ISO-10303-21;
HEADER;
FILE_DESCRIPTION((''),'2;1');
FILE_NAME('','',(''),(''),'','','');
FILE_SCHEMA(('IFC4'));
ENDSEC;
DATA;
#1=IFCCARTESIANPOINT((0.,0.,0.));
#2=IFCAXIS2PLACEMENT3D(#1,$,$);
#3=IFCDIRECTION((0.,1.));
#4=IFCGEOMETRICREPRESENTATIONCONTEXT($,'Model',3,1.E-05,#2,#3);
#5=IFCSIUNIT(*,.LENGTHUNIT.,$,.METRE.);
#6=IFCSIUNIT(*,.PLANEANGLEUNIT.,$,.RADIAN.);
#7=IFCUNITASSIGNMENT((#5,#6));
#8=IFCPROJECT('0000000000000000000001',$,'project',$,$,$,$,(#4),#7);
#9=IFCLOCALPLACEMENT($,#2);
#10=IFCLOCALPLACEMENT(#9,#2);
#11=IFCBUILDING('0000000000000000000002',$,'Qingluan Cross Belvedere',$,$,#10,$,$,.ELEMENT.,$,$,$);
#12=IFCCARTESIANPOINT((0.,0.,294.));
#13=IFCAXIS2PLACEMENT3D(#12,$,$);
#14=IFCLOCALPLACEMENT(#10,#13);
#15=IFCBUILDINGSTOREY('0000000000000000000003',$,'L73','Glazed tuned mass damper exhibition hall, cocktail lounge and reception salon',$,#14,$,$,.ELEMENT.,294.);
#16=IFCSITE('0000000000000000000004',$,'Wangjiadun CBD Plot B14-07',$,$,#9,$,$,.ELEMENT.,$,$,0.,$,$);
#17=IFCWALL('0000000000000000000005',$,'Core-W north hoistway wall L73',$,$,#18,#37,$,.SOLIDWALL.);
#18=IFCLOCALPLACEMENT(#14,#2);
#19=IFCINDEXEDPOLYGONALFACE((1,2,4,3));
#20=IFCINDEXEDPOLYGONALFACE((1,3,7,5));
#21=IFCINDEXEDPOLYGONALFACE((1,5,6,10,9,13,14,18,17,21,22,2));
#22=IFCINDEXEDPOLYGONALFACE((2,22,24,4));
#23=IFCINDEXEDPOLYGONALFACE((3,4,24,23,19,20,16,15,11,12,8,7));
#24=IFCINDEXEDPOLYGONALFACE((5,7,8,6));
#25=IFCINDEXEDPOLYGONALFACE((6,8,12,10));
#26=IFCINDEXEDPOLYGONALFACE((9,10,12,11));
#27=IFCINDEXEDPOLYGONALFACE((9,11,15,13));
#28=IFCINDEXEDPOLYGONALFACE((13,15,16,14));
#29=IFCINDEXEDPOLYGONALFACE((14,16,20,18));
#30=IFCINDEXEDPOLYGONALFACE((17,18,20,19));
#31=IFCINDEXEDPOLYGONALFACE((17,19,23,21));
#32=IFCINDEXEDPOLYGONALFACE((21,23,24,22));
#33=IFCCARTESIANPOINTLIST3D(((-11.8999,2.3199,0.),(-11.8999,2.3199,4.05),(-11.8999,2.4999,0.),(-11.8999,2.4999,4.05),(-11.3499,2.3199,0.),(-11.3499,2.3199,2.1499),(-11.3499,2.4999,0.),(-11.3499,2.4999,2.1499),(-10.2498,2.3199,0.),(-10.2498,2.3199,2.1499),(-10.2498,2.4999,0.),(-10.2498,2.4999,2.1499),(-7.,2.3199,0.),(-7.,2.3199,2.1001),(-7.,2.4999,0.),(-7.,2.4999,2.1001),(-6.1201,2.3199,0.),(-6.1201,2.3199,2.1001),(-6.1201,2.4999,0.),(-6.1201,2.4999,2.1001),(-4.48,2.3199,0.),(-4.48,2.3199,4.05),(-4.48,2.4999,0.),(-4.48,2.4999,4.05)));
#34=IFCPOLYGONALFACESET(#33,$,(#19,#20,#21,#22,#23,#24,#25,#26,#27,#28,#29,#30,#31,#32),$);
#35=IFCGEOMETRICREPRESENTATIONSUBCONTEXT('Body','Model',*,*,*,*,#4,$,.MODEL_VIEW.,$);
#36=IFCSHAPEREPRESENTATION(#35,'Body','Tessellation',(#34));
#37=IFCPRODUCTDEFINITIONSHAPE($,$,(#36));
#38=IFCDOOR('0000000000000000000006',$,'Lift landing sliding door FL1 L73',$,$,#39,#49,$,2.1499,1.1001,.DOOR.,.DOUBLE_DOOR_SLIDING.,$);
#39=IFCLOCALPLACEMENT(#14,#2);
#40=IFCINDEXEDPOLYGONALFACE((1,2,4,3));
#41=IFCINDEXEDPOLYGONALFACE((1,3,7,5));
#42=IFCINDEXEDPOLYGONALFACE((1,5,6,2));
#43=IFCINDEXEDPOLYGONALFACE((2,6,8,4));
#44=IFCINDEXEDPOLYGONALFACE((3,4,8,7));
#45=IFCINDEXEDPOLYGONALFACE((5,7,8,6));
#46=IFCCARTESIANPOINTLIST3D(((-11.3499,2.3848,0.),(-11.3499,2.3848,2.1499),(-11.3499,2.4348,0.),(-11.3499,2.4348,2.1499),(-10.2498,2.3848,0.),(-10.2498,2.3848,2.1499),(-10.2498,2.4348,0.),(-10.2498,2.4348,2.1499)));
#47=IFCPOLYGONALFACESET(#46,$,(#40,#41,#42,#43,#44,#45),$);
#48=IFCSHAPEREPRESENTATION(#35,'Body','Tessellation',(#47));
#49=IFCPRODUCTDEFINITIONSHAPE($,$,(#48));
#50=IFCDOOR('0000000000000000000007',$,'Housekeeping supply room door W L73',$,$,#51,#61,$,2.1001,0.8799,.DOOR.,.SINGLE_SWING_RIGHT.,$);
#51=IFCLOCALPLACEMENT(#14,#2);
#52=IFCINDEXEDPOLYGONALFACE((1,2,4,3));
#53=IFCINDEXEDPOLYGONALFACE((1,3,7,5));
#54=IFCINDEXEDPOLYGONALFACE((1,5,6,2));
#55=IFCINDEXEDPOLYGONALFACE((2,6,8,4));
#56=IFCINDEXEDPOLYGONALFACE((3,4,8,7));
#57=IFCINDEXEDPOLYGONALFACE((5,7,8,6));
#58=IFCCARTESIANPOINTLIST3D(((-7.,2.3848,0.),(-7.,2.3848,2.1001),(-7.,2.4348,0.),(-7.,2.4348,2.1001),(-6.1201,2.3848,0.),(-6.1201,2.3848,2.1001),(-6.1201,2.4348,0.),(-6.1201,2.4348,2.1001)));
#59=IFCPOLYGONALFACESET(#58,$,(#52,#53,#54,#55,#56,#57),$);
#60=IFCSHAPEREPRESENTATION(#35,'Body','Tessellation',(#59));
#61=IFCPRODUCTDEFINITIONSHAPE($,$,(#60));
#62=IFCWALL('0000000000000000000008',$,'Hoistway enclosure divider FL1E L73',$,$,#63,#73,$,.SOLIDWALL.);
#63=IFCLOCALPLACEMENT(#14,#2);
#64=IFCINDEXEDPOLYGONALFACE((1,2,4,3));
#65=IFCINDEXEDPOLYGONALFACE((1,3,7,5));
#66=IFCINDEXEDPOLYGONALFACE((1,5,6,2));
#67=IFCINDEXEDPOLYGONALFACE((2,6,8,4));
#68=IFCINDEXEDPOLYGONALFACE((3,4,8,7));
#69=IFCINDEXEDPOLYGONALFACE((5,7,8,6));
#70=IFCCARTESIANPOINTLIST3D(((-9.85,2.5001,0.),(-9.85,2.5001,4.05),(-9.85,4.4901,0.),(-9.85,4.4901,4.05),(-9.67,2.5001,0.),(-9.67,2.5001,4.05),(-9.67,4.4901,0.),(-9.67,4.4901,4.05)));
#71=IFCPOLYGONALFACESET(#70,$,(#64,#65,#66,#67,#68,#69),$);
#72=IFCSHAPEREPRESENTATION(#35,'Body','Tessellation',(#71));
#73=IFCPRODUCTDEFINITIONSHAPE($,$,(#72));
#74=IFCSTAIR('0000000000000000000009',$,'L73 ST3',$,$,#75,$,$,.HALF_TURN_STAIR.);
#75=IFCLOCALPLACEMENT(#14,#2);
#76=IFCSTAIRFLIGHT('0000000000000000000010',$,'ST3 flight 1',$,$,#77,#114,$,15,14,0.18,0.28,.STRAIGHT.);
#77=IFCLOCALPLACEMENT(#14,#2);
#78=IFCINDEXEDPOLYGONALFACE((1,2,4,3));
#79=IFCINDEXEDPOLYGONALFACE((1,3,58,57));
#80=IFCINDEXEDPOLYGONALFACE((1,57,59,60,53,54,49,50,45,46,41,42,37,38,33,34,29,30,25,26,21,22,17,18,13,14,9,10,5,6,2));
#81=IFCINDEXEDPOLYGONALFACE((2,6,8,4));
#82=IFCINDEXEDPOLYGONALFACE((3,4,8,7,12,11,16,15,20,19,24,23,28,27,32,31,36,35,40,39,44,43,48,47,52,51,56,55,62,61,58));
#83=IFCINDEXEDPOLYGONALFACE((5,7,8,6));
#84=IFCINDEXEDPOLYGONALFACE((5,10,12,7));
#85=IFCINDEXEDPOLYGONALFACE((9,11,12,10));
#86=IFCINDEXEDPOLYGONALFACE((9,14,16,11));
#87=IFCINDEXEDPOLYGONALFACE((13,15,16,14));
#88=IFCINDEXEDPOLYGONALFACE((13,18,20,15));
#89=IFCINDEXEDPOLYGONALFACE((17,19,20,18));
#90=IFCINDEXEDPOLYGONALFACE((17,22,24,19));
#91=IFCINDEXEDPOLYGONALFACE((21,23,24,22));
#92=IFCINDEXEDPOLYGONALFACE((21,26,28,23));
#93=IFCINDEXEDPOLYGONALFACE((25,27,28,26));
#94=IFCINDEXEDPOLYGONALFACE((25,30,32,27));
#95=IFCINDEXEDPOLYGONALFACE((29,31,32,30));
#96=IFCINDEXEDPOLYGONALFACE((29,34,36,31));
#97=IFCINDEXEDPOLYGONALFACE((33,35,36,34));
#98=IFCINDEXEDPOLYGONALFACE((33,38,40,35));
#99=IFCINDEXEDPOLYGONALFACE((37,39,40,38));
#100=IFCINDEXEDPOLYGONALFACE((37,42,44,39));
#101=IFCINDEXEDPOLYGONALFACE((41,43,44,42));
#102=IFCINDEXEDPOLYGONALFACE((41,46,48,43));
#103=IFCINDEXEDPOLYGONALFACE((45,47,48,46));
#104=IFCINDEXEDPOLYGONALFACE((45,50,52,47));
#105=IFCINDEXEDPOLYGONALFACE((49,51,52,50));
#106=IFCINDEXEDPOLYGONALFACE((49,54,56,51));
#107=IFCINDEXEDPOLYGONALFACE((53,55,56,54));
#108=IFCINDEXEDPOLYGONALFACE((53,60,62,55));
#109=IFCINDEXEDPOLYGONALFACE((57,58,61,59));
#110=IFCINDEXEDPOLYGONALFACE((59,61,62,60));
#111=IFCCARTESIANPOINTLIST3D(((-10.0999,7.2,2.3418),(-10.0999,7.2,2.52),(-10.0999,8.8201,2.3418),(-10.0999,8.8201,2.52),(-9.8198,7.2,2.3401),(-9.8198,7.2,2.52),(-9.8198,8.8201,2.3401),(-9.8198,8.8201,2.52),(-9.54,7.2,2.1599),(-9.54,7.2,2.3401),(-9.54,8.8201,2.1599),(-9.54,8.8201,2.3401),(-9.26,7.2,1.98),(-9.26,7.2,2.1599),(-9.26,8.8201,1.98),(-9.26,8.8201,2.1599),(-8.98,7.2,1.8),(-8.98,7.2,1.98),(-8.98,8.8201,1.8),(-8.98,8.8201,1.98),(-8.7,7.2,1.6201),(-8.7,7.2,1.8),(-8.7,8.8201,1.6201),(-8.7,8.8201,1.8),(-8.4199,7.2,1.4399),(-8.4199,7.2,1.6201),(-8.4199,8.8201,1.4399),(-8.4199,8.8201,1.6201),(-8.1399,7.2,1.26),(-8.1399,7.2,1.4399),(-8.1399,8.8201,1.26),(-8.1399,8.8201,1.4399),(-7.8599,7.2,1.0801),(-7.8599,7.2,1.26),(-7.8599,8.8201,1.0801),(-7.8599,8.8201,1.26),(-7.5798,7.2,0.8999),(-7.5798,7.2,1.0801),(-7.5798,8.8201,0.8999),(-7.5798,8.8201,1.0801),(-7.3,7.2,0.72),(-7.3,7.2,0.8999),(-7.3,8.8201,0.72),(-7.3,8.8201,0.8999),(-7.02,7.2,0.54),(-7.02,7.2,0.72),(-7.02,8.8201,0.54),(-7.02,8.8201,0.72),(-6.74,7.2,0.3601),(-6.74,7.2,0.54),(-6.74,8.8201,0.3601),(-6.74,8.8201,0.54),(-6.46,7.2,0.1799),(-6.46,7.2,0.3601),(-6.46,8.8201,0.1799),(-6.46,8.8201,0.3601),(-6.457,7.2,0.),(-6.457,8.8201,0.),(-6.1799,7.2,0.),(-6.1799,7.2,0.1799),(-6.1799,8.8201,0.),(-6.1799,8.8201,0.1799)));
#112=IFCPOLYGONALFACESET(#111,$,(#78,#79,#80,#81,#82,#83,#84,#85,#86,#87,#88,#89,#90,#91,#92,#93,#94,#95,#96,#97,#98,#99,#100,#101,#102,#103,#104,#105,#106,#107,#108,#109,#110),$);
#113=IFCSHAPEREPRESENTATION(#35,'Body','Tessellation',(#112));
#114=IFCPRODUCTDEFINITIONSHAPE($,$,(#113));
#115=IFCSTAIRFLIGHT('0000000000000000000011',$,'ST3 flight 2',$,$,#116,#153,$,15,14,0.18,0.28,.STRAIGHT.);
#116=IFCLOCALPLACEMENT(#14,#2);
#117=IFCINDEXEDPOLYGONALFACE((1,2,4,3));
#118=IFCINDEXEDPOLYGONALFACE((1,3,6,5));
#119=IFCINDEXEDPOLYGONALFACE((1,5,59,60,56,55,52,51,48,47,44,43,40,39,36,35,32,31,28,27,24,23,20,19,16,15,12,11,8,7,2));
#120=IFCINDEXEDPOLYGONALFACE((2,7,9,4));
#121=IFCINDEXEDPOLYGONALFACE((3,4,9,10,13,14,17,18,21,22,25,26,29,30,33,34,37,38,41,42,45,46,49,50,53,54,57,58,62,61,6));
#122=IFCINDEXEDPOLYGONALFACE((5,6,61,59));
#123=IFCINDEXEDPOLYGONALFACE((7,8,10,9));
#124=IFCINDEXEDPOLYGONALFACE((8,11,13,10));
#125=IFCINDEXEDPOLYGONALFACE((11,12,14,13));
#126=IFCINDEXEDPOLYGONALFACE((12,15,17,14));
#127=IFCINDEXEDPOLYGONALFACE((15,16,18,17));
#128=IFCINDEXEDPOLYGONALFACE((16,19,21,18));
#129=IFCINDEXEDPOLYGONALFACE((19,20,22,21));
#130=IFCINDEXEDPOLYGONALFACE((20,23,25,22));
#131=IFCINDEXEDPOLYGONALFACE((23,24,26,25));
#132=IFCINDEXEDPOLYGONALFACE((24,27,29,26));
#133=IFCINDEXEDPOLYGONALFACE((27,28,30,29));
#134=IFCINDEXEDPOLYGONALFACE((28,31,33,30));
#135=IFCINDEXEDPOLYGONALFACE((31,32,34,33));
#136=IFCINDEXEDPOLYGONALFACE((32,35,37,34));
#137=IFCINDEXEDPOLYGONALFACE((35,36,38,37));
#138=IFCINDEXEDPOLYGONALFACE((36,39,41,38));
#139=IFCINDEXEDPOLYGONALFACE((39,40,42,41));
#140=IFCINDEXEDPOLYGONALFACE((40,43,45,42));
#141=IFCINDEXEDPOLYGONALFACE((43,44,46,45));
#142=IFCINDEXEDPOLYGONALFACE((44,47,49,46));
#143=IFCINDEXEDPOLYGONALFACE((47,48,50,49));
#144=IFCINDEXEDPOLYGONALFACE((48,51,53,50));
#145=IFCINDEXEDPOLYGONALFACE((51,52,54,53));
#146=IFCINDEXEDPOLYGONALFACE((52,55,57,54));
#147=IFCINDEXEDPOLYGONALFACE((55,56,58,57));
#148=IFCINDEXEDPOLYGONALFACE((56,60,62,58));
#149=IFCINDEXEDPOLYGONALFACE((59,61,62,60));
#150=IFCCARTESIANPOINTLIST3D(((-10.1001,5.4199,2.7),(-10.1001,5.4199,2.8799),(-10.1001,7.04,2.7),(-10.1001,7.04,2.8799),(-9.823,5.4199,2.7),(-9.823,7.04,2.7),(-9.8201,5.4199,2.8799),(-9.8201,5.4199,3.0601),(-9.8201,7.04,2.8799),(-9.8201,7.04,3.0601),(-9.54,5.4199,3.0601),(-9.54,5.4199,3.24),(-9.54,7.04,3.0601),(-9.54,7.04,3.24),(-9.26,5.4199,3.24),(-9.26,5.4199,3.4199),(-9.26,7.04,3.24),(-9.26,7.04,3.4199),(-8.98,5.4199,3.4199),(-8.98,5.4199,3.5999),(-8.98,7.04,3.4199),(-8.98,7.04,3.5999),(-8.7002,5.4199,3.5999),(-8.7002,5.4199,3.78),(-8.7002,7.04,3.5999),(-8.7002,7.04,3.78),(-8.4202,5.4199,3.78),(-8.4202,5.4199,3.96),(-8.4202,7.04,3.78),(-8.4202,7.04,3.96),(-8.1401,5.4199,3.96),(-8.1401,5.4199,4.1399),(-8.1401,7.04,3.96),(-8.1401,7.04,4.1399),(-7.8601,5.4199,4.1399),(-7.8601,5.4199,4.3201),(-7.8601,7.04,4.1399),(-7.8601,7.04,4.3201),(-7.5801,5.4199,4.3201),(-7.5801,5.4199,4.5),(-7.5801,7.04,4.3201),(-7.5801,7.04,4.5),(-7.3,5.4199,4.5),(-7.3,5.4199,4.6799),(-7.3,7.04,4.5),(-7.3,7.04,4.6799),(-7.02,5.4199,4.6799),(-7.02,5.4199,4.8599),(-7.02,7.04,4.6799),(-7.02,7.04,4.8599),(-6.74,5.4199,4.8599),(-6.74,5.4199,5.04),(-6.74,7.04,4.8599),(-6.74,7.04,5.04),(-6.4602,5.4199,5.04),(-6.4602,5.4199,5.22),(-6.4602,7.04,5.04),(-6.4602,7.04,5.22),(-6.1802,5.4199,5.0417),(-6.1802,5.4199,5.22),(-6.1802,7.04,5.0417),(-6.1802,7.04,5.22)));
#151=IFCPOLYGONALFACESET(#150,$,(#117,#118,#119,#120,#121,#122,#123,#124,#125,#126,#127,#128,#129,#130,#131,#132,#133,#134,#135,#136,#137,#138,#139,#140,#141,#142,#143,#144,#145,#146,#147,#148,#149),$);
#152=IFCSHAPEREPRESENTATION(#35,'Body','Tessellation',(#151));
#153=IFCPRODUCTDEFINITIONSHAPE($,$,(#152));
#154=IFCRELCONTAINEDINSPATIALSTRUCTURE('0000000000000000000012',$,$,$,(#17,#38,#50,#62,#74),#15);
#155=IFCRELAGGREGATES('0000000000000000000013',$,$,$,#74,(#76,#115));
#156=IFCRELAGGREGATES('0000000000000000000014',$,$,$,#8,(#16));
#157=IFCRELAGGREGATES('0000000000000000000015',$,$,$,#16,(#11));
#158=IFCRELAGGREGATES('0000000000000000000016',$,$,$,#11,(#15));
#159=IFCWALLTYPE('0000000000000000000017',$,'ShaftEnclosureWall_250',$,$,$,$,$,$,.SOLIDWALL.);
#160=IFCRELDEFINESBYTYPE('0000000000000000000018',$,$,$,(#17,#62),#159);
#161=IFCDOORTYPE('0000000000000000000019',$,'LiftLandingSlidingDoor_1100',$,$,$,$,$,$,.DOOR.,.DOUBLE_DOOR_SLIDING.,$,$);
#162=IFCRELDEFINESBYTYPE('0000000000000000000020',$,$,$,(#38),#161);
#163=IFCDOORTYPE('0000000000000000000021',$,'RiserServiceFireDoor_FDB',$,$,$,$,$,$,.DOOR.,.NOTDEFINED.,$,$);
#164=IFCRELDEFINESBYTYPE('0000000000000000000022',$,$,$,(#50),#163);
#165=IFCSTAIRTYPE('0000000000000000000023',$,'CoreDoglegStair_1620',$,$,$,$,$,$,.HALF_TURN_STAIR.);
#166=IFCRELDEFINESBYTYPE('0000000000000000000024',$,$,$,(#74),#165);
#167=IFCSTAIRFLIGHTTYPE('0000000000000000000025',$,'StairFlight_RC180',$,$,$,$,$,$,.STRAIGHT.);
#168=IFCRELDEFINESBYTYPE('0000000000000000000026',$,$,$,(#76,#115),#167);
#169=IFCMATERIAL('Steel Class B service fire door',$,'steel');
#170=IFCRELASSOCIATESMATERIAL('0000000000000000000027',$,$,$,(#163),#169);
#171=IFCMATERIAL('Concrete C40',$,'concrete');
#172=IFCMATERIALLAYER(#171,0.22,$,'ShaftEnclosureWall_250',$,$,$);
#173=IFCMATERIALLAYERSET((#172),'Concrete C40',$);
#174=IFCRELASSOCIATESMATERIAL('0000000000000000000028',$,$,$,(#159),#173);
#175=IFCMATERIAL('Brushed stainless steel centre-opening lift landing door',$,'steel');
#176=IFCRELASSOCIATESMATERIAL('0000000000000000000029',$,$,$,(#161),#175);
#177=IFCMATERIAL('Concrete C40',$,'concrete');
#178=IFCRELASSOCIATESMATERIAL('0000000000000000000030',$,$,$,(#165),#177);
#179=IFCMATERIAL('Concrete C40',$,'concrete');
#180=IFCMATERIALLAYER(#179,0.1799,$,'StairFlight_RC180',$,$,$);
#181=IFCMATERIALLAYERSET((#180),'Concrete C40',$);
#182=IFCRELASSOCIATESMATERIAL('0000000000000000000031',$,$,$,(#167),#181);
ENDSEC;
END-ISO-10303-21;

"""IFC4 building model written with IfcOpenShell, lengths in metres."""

from ifc_helpers import new_model, si_unit, direction, frame, frame_2d, origin, place, context, subcontext, project, spatial, polyline, rectangle, outline, extrude, material, layer, layer_set, type_object, element, fill, aggregate, save


model = new_model("IFC4")

# Units and contexts
model_context = context("Model", 3, precision=1e-05, world=origin(), true_north=direction((0.0, 1.0)))
body_context = subcontext(model_context, "Body", "Model", "MODEL_VIEW")
ifc_project = project(units=[si_unit("LENGTHUNIT", "METRE"), si_unit("PLANEANGLEUNIT", "RADIAN")], contexts=[model_context])

# Site, building, storey
site_placement = place(None, origin())
site = spatial("IfcSite", under=ifc_project, at=site_placement, Name="Wangjiadun CBD Plot B14-07", CompositionType="ELEMENT", RefElevation=0.0)
building_placement = place(site_placement, origin())
building = spatial("IfcBuilding", under=site, at=building_placement, Name="Qingluan Cross Belvedere", CompositionType="ELEMENT")
storey_placement = place(building_placement, frame((0.0, 0.0, 294.0)))
storey = spatial("IfcBuildingStorey", under=building, at=storey_placement, Name="L73", Description="Glazed tuned mass damper exhibition hall, cocktail lounge and reception salon", CompositionType="ELEMENT", Elevation=294.0)

# Shared definitions
ifc_material_1 = material(Name="Steel Class B service fire door", Category="steel")
door_type_1 = type_object("IfcDoorType", Name="RiserServiceFireDoor_FDB", OperationType="NOTDEFINED", PredefinedType="DOOR", material=ifc_material_1)

# Wall, openings, doors
ifc_material_2 = material(Name="Concrete C40", Category="concrete")
ifc_layer_1 = layer(ifc_material_2, 0.22, Name="ShaftEnclosureWall_250")
ifc_layer_set_1 = layer_set([ifc_layer_1], Name="Concrete C40")
wall_type_1 = type_object("IfcWallType", Name="ShaftEnclosureWall_250", PredefinedType="SOLIDWALL", material=ifc_layer_set_1)
wall_1_placement = place(storey_placement, frame((-11.8999, 2.4099, 0.0), z_axis=(0.0, 0.0, 1.0), x_axis=(1.0, 0.0, 0.0)))
wall_1 = element("IfcWall", 1, at=wall_1_placement, inside=storey, type_object=wall_type_1, Name="Core-W north hoistway wall L73", PredefinedType="SOLIDWALL", context=body_context, shape_type="SweptSolid", body=[
    extrude(rectangle(XDim=7.4199, YDim=0.1799, at=frame_2d((3.71, 0.0))), origin(), (0.0, 0.0, 1.0), 4.05),
])
opening_1_placement = place(wall_1_placement, frame((0.55, 0.0, 0.0)))
opening_1 = element("IfcOpeningElement", 2, at=opening_1_placement, cuts=wall_1, PredefinedType="OPENING", context=body_context, shape_type="SweptSolid", body=[
    extrude(rectangle(XDim=1.1001, YDim=2.1499, at=frame_2d((0.55, 1.075))), frame((0.0, 0.0999, 0.0), z_axis=(0.0, -1.0, 0.0), x_axis=(1.0, 0.0, 0.0)), (0.0, 0.0, 1.0), 0.2),
])
opening_2_placement = place(wall_1_placement, frame((4.8999, 0.0, 0.0)))
opening_2 = element("IfcOpeningElement", 3, at=opening_2_placement, cuts=wall_1, PredefinedType="OPENING", context=body_context, shape_type="SweptSolid", body=[
    extrude(rectangle(XDim=0.8799, YDim=2.1001, at=frame_2d((0.4399, 1.05))), frame((0.0, 0.0999, 0.0), z_axis=(0.0, -1.0, 0.0), x_axis=(1.0, 0.0, 0.0)), (0.0, 0.0, 1.0), 0.2),
])
ifc_material_3 = material(Name="Brushed stainless steel centre-opening lift landing door", Category="steel")
door_type_2 = type_object("IfcDoorType", Name="LiftLandingSlidingDoor_1100", OperationType="DOUBLE_DOOR_SLIDING", PredefinedType="DOOR", material=ifc_material_3)
door_1_placement = place(opening_1_placement, origin())
door_1 = element("IfcDoor", 4, at=door_1_placement, inside=storey, type_object=door_type_2, Name="Lift landing sliding door FL1 L73", OperationType="DOUBLE_DOOR_SLIDING", OverallHeight=2.1499, OverallWidth=1.1001, PredefinedType="DOOR", context=body_context, shape_type="SweptSolid", body=[
    extrude(rectangle(XDim=1.1001, YDim=2.1499, at=frame_2d((0.55, 1.075))), frame((0.0, 0.0249, 0.0), z_axis=(0.0, -1.0, 0.0), x_axis=(1.0, 0.0, 0.0)), (0.0, 0.0, 1.0), 0.05),
])
fill(opening_1, door_1)
door_2_placement = place(opening_2_placement, origin())
door_2 = element("IfcDoor", 5, at=door_2_placement, inside=storey, type_object=door_type_1, Name="Housekeeping supply room door W L73", OperationType="SINGLE_SWING_RIGHT", OverallHeight=2.1001, OverallWidth=0.8799, PredefinedType="DOOR", context=body_context, shape_type="SweptSolid", body=[
    extrude(rectangle(XDim=0.8799, YDim=2.1001, at=frame_2d((0.4399, 1.05))), frame((0.0, 0.0249, 0.0), z_axis=(0.0, -1.0, 0.0), x_axis=(1.0, 0.0, 0.0)), (0.0, 0.0, 1.0), 0.05),
])
fill(opening_2, door_2)

# Wall
wall_2_placement = place(storey_placement, frame((-9.76, 2.5, 0.0), z_axis=(0.0, 0.0, 1.0), x_axis=(0.0, 1.0, 0.0)))
element("IfcWall", 6, at=wall_2_placement, inside=storey, type_object=wall_type_1, Name="Hoistway enclosure divider FL1E L73", PredefinedType="SOLIDWALL", context=body_context, shape_type="SweptSolid", body=[
    extrude(rectangle(XDim=1.99, YDim=0.1799, at=frame_2d((0.9951, 0.0))), origin(), (0.0, 0.0, 1.0), 4.05),
])

# Stair, stair flights
ifc_material_4 = material(Name="Concrete C40", Category="concrete")
stair_type = type_object("IfcStairType", Name="CoreDoglegStair_1620", PredefinedType="HALF_TURN_STAIR", material=ifc_material_4)
stair_placement = place(storey_placement, origin())
stair = element("IfcStair", 7, at=stair_placement, inside=storey, type_object=stair_type, Name="L73 ST3", PredefinedType="HALF_TURN_STAIR")
ifc_material_5 = material(Name="Concrete C40", Category="concrete")
ifc_layer_2 = layer(ifc_material_5, 0.1799, Name="StairFlight_RC180")
ifc_layer_set_2 = layer_set([ifc_layer_2], Name="Concrete C40")
stair_flight_type = type_object("IfcStairFlightType", Name="StairFlight_RC180", PredefinedType="STRAIGHT", material=ifc_layer_set_2)
stair_flight_1_placement = place(storey_placement, frame((-6.1799, 8.01, 0.0), z_axis=(0.0, 0.0, 1.0), x_axis=(-1.0, 0.0, 0.0)))
stair_flight_1 = element("IfcStairFlight", 8, at=stair_flight_1_placement, type_object=stair_flight_type, Name="ST3 flight 1", NumberOfRisers=15, NumberOfTreads=14, PredefinedType="STRAIGHT", RiserHeight=0.18, TreadLength=0.28, context=body_context, shape_type="SweptSolid", body=[
    extrude(outline(polyline([(0.0, 0.0), (0.0, 0.1799), (0.28, 0.1799), (0.28, 0.3601), (0.5601, 0.3601), (0.5601, 0.54), (0.8401, 0.54), (0.8401, 0.72), (1.1201, 0.72), (1.1201, 0.8999), (1.3999, 0.8999), (1.3999, 1.0801), (1.6799, 1.0801), (1.6799, 1.26), (1.96, 1.26), (1.96, 1.4399), (2.24, 1.4399), (2.24, 1.6201), (2.52, 1.6201), (2.52, 1.8), (2.8, 1.8), (2.8, 1.98), (3.0801, 1.98), (3.0801, 2.1599), (3.3601, 2.1599), (3.3601, 2.3401), (3.6399, 2.3401), (3.6399, 2.52), (3.9199, 2.52), (3.9199, 2.7), (3.9199, 2.3418), (0.2771, 0.0), (0.0, 0.0)])), frame((0.0, 0.8101, 0.0), z_axis=(0.0, -1.0, 0.0), x_axis=(1.0, 0.0, 0.0)), (0.0, 0.0, 1.0), 1.6201),
])
stair_flight_2_placement = place(storey_placement, frame((-10.1001, 6.23, 2.7), z_axis=(0.0, 0.0, 1.0), x_axis=(1.0, 0.0, 0.0)))
stair_flight_2 = element("IfcStairFlight", 9, at=stair_flight_2_placement, type_object=stair_flight_type, Name="ST3 flight 2", NumberOfRisers=15, NumberOfTreads=14, PredefinedType="STRAIGHT", RiserHeight=0.18, TreadLength=0.28, context=body_context, shape_type="SweptSolid", body=[
    extrude(outline(polyline([(0.0, 0.0), (0.0, 0.1799), (0.28, 0.1799), (0.28, 0.3601), (0.5601, 0.3601), (0.5601, 0.54), (0.8401, 0.54), (0.8401, 0.72), (1.1201, 0.72), (1.1201, 0.8999), (1.3999, 0.8999), (1.3999, 1.0801), (1.6799, 1.0801), (1.6799, 1.26), (1.96, 1.26), (1.96, 1.4399), (2.24, 1.4399), (2.24, 1.6201), (2.52, 1.6201), (2.52, 1.8), (2.8, 1.8), (2.8, 1.98), (3.0801, 1.98), (3.0801, 2.1599), (3.3601, 2.1599), (3.3601, 2.3401), (3.6399, 2.3401), (3.6399, 2.52), (3.9199, 2.52), (3.9199, 2.7), (3.9199, 2.3418), (0.2771, 0.0), (0.0, 0.0)])), frame((0.0, 0.8101, 0.0), z_axis=(0.0, -1.0, 0.0), x_axis=(1.0, 0.0, 0.0)), (0.0, 0.0, 1.0), 1.6201),
])
aggregate(stair, [stair_flight_1, stair_flight_2])

save(model, "model.ifc")
